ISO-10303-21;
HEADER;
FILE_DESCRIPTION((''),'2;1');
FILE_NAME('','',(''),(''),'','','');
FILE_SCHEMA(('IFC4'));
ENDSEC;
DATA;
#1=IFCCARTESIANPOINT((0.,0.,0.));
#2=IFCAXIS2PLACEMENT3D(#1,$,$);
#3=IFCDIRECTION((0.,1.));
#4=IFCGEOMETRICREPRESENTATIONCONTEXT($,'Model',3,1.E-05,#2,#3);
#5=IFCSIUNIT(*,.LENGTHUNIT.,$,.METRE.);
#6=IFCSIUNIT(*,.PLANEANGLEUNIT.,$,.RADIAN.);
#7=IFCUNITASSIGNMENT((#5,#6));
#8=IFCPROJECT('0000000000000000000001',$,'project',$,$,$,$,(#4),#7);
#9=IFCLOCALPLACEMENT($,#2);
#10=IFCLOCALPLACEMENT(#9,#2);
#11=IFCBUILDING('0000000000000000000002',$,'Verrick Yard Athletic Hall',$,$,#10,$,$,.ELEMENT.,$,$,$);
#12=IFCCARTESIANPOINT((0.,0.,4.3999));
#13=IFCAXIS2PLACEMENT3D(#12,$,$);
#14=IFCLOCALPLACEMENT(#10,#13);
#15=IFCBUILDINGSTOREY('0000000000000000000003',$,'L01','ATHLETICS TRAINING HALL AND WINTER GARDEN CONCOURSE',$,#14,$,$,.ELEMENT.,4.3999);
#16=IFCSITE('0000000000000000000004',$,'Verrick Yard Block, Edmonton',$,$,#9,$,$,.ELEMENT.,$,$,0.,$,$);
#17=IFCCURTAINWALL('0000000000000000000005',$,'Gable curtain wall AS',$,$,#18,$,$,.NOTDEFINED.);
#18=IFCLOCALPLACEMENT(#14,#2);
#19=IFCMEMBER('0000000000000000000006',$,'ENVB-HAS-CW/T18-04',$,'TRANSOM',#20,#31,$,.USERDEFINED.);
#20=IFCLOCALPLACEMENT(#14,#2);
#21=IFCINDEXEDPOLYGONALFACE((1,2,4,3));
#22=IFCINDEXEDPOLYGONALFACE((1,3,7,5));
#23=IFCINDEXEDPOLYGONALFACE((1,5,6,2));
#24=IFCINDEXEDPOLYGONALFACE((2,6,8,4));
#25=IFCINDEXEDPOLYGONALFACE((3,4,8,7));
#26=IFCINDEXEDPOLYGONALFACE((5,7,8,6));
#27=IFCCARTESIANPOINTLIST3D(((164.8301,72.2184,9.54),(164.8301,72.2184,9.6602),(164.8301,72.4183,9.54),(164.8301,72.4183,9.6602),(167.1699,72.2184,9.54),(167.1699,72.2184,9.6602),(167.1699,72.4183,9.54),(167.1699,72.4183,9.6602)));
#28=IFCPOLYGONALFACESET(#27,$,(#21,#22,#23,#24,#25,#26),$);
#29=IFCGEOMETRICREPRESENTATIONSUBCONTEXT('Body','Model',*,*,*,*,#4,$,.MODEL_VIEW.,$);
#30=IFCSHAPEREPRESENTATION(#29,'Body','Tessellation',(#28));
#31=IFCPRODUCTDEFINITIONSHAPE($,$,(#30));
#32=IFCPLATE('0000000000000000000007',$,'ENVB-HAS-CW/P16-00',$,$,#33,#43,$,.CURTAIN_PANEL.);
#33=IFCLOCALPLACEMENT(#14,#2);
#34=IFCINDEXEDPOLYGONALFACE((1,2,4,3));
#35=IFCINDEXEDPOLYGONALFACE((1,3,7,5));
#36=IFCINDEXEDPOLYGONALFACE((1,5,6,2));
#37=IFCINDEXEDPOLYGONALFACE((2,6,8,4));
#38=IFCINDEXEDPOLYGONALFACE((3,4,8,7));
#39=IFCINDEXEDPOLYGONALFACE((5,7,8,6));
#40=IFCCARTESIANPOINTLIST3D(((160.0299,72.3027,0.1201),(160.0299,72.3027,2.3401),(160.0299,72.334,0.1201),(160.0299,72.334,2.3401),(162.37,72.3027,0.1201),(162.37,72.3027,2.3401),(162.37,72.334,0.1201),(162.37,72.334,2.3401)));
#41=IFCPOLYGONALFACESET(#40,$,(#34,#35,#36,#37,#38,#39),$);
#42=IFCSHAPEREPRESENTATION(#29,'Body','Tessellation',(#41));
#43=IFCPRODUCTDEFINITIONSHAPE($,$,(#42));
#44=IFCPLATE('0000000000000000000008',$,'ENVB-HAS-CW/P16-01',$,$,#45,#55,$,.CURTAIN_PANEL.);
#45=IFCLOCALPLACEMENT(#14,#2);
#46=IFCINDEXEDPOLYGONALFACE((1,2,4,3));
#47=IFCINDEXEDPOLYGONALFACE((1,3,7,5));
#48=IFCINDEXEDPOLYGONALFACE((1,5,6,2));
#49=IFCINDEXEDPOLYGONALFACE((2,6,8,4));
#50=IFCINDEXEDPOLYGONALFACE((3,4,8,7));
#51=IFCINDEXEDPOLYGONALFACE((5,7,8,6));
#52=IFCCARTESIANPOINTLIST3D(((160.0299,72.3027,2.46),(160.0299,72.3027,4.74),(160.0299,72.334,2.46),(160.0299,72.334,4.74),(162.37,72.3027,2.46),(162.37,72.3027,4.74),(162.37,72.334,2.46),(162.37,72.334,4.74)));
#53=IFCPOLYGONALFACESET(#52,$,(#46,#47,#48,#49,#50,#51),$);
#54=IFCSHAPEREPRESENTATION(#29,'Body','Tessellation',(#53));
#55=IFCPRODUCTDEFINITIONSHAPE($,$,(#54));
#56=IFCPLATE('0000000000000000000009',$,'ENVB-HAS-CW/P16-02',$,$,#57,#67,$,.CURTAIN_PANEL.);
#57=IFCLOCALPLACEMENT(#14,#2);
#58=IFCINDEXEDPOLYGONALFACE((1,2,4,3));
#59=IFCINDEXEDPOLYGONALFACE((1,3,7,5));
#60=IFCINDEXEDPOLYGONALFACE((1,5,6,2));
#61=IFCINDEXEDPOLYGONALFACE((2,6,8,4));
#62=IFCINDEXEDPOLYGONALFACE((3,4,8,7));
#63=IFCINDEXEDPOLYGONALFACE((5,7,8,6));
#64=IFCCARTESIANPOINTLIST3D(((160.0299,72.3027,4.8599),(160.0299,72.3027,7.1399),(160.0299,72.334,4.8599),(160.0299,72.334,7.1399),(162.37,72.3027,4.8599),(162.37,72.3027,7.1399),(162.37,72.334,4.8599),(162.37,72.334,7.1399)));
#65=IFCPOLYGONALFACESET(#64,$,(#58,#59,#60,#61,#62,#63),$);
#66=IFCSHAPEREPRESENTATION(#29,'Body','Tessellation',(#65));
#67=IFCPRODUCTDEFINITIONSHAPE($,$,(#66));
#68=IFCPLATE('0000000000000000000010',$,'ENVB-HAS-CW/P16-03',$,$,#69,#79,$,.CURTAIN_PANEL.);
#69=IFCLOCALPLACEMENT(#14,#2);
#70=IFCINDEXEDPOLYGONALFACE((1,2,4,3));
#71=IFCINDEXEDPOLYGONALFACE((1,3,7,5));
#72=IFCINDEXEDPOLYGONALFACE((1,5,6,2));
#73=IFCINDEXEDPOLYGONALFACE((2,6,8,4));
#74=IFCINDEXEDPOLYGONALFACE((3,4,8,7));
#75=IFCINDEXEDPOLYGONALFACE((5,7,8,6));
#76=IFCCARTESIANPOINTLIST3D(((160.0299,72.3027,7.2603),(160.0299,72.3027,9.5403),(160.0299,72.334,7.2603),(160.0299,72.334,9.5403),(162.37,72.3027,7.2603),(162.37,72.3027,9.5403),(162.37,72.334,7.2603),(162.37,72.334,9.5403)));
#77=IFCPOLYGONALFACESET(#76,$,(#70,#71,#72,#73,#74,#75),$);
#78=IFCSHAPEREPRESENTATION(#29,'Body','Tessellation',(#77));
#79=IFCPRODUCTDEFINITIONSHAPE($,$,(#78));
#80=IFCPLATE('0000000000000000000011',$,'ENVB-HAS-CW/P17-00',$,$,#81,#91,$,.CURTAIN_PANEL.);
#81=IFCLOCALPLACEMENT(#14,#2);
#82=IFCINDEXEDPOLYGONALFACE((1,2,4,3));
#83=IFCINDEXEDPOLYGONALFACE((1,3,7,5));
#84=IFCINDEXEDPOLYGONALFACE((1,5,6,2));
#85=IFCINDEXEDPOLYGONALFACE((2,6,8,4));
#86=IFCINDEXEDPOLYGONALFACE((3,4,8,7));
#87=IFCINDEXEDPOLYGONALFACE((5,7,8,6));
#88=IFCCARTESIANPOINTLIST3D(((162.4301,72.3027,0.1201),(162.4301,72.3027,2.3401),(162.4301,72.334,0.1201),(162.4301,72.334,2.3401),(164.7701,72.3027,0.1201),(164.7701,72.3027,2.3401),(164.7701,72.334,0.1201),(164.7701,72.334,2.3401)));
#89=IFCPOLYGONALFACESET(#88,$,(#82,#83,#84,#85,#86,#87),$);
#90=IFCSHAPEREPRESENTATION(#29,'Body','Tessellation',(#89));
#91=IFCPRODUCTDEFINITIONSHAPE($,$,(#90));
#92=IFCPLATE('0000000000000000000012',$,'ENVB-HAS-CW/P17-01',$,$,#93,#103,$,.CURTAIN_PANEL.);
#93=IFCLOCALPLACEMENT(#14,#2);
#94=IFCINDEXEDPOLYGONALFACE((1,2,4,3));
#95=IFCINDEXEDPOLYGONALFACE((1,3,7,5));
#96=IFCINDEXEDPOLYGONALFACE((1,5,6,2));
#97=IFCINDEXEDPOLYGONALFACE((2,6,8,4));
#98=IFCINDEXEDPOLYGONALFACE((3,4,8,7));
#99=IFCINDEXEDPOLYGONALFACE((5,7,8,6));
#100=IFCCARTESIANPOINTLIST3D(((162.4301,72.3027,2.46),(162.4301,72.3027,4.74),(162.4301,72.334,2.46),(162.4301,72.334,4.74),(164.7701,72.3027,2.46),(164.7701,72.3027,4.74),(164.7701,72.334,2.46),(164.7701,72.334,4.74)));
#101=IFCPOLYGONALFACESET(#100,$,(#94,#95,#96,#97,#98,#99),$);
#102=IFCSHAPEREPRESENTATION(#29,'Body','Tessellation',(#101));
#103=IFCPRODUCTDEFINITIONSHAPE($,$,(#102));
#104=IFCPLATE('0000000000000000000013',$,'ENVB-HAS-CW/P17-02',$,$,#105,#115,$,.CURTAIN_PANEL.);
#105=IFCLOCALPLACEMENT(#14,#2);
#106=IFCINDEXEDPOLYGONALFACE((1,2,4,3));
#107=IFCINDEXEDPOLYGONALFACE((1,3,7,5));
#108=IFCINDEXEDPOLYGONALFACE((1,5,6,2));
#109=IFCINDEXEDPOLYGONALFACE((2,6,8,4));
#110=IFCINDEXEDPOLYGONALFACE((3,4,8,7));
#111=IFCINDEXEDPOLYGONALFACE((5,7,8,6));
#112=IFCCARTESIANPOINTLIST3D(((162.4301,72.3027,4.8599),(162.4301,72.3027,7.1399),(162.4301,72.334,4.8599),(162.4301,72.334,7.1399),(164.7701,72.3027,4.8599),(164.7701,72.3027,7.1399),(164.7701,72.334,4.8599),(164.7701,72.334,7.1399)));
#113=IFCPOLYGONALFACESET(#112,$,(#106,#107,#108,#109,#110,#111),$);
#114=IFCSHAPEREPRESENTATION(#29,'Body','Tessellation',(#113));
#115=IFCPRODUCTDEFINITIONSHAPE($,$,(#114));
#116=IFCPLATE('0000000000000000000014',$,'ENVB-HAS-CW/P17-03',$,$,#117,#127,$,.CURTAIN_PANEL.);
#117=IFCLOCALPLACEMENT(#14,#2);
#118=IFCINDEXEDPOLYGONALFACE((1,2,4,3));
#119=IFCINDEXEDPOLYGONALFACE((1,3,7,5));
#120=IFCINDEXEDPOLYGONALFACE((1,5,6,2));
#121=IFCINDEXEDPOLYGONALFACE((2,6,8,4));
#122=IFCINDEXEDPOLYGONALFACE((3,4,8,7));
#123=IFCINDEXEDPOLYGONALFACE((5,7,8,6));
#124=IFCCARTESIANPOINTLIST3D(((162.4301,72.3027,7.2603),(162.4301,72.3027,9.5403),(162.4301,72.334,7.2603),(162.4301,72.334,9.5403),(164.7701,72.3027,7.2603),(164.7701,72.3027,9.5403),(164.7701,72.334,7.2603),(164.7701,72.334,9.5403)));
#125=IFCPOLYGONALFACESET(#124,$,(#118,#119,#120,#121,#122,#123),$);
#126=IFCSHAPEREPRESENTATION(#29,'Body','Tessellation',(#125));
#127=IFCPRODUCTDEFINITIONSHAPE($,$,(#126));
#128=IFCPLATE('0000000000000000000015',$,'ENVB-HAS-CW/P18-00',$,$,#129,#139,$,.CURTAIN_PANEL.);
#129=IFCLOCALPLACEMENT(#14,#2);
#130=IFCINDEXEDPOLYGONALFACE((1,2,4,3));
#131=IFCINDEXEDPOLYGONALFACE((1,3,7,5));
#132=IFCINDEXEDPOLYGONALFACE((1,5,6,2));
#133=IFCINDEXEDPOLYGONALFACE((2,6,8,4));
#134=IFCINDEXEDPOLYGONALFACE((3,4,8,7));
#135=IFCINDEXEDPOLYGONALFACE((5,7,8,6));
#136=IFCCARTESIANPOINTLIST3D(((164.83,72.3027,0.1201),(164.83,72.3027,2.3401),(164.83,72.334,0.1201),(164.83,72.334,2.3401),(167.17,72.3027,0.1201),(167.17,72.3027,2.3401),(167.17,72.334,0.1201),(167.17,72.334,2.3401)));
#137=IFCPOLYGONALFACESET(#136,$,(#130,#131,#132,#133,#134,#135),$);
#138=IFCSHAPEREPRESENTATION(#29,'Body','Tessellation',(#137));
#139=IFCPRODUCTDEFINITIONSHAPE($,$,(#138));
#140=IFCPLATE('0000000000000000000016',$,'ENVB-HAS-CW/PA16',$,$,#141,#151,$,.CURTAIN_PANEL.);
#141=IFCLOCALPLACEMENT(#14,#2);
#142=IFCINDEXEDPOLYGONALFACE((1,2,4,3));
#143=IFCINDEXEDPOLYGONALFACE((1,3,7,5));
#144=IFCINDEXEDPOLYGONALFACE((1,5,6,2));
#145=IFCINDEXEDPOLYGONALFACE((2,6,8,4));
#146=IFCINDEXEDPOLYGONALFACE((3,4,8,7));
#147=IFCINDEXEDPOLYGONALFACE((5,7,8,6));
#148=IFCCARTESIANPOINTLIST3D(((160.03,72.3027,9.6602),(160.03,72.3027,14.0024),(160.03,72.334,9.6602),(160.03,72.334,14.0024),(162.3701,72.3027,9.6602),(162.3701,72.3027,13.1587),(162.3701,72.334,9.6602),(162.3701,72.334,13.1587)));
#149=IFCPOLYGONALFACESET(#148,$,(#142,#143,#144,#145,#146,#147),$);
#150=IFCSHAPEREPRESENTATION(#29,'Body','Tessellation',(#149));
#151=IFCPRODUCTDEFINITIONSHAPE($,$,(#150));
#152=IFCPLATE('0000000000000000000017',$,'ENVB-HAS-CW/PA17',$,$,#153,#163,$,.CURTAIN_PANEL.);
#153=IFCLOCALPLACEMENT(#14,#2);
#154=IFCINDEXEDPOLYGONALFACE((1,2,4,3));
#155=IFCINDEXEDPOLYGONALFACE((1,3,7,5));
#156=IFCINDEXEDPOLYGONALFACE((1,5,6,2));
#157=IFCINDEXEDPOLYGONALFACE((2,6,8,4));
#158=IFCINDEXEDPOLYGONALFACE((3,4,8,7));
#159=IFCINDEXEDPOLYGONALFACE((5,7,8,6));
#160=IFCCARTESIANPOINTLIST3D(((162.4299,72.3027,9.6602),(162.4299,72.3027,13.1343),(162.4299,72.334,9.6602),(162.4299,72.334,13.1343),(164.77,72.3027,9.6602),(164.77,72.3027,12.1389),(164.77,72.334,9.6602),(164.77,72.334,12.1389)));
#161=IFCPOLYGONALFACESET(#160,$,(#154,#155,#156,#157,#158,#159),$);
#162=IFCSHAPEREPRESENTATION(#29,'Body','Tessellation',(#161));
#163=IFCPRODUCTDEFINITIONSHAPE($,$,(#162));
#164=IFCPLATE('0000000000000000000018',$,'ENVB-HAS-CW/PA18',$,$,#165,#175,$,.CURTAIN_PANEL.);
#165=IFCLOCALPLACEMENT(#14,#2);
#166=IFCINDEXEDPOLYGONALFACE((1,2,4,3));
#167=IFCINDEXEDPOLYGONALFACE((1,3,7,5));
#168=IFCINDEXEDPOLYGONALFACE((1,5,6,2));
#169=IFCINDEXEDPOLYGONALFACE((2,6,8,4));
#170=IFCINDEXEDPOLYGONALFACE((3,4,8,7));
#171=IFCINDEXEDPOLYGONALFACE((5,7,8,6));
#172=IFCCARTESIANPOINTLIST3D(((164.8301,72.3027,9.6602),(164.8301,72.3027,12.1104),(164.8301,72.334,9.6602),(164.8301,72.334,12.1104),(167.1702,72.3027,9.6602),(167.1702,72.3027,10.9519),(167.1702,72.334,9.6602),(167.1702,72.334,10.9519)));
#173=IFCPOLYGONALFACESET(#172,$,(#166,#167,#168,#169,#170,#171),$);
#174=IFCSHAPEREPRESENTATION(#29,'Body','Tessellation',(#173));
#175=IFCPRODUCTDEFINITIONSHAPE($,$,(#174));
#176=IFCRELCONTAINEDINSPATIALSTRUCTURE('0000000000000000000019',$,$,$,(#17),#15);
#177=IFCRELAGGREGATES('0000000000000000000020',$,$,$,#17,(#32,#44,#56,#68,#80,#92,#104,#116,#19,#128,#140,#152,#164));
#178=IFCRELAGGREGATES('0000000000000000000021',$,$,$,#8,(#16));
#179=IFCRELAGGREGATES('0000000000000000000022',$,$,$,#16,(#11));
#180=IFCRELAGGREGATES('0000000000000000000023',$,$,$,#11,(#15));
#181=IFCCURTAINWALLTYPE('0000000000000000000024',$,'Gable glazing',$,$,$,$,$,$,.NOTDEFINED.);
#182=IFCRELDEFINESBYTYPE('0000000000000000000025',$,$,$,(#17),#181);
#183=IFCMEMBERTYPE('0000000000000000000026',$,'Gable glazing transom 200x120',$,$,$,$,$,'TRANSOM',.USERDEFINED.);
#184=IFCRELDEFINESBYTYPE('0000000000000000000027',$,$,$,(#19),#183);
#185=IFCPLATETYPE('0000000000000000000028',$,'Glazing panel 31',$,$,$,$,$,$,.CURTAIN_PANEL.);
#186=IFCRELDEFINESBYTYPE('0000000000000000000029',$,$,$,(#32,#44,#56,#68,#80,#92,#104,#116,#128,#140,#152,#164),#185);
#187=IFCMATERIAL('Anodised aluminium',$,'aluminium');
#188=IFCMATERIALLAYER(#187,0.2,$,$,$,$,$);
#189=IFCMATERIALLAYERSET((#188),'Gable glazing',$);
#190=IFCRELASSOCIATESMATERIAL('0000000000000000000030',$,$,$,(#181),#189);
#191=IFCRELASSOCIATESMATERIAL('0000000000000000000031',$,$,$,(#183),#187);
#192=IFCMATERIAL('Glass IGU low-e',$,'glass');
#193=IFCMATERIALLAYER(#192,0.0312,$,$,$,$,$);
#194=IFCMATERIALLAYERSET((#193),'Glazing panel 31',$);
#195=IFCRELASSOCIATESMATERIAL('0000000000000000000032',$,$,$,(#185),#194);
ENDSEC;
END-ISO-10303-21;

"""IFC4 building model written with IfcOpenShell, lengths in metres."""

from ifc_helpers import new_model, si_unit, direction, frame, origin, origin_2d, place, context, subcontext, project, spatial, polyline, rectangle, outline, extrude, material, layer, layer_set, material_profile, profile_set, type_object, element, aggregate, save


model = new_model("IFC4")

# Units and contexts
model_context = context("Model", 3, precision=1e-05, world=origin(), true_north=direction((0.0, 1.0)))
body_context = subcontext(model_context, "Body", "Model", "MODEL_VIEW")
ifc_project = project(units=[si_unit("LENGTHUNIT", "METRE"), si_unit("PLANEANGLEUNIT", "RADIAN")], contexts=[model_context])

# Site, building, storey
site_placement = place(None, origin())
site = spatial("IfcSite", under=ifc_project, at=site_placement, Name="Verrick Yard Block, Edmonton", CompositionType="ELEMENT", RefElevation=0.0)
building_placement = place(site_placement, origin())
building = spatial("IfcBuilding", under=site, at=building_placement, Name="Verrick Yard Athletic Hall", CompositionType="ELEMENT")
storey_placement = place(building_placement, frame((0.0, 0.0, 4.3999)))
storey = spatial("IfcBuildingStorey", under=building, at=storey_placement, Name="L01", Description="ATHLETICS TRAINING HALL AND WINTER GARDEN CONCOURSE", CompositionType="ELEMENT", Elevation=4.3999)

# Curtain wall, member, plates
ifc_material_1 = material(Name="Anodised aluminium", Category="aluminium")
ifc_layer_1 = layer(ifc_material_1, 0.2)
ifc_layer_set_1 = layer_set([ifc_layer_1], Name="Gable glazing")
curtain_wall_type = type_object("IfcCurtainWallType", Name="Gable glazing", PredefinedType="NOTDEFINED", material=ifc_layer_set_1)
curtain_wall_placement = place(storey_placement, origin())
curtain_wall = element("IfcCurtainWall", 1, at=curtain_wall_placement, inside=storey, type_object=curtain_wall_type, Name="Gable curtain wall AS", PredefinedType="NOTDEFINED")
ifc_material_profile_1 = material_profile(ifc_material_1, rectangle(XDim=0.2, YDim=0.1201, at=origin_2d()), Name="CW gable transom 200x120")
ifc_profile_set_1 = profile_set([ifc_material_profile_1], Name="Anodised aluminium")
member_type_1 = type_object("IfcMemberType", Name="Gable glazing transom 200x120", ElementType="TRANSOM", PredefinedType="USERDEFINED", material=ifc_profile_set_1)
member_1_placement = place(storey_placement, frame((164.8301, 72.3184, 9.6001), z_axis=(1.0, 0.0, 0.0), x_axis=(0.0, 1.0, 0.0)))
member_1 = element("IfcMember", 2, at=member_1_placement, type_object=member_type_1, Name="ENVB-HAS-CW/T18-04", ObjectType="TRANSOM", PredefinedType="USERDEFINED", context=body_context, shape_type="SweptSolid", body=[
    extrude(rectangle(XDim=0.2, YDim=0.1201, at=origin_2d()), origin(), (0.0, 0.0, 1.0), 2.3398),
])
ifc_material_2 = material(Name="Glass IGU low-e", Category="glass")
ifc_layer_2 = layer(ifc_material_2, 0.0312)
ifc_layer_set_2 = layer_set([ifc_layer_2], Name="Glazing panel 31")
plate_type = type_object("IfcPlateType", Name="Glazing panel 31", PredefinedType="CURTAIN_PANEL", material=ifc_layer_set_2)
plate_1_placement = place(storey_placement, frame((161.2, 72.3184, 0.1201), z_axis=(0.0, 0.0, 1.0), x_axis=(1.0, 0.0, 0.0)))
plate_1 = element("IfcPlate", 3, at=plate_1_placement, type_object=plate_type, Name="ENVB-HAS-CW/P16-00", PredefinedType="CURTAIN_PANEL", context=body_context, shape_type="SweptSolid", body=[
    extrude(rectangle(XDim=2.3401, YDim=0.0312, at=origin_2d()), origin(), (0.0, 0.0, 1.0), 2.22),
])
plate_2_placement = place(storey_placement, frame((161.2, 72.3184, 2.46), z_axis=(0.0, 0.0, 1.0), x_axis=(1.0, 0.0, 0.0)))
plate_2 = element("IfcPlate", 4, at=plate_2_placement, type_object=plate_type, Name="ENVB-HAS-CW/P16-01", PredefinedType="CURTAIN_PANEL", context=body_context, shape_type="SweptSolid", body=[
    extrude(rectangle(XDim=2.3401, YDim=0.0312, at=origin_2d()), origin(), (0.0, 0.0, 1.0), 2.28),
])
plate_3_placement = place(storey_placement, frame((161.2, 72.3184, 4.8599), z_axis=(0.0, 0.0, 1.0), x_axis=(1.0, 0.0, 0.0)))
plate_3 = element("IfcPlate", 5, at=plate_3_placement, type_object=plate_type, Name="ENVB-HAS-CW/P16-02", PredefinedType="CURTAIN_PANEL", context=body_context, shape_type="SweptSolid", body=[
    extrude(rectangle(XDim=2.3401, YDim=0.0312, at=origin_2d()), origin(), (0.0, 0.0, 1.0), 2.28),
])
plate_4_placement = place(storey_placement, frame((161.2, 72.3184, 7.2603), z_axis=(0.0, 0.0, 1.0), x_axis=(1.0, 0.0, 0.0)))
plate_4 = element("IfcPlate", 6, at=plate_4_placement, type_object=plate_type, Name="ENVB-HAS-CW/P16-03", PredefinedType="CURTAIN_PANEL", context=body_context, shape_type="SweptSolid", body=[
    extrude(rectangle(XDim=2.3401, YDim=0.0312, at=origin_2d()), origin(), (0.0, 0.0, 1.0), 2.28),
])
plate_5_placement = place(storey_placement, frame((163.6001, 72.3184, 0.1201), z_axis=(0.0, 0.0, 1.0), x_axis=(1.0, 0.0, 0.0)))
plate_5 = element("IfcPlate", 7, at=plate_5_placement, type_object=plate_type, Name="ENVB-HAS-CW/P17-00", PredefinedType="CURTAIN_PANEL", context=body_context, shape_type="SweptSolid", body=[
    extrude(rectangle(XDim=2.3401, YDim=0.0312, at=origin_2d()), origin(), (0.0, 0.0, 1.0), 2.22),
])
plate_6_placement = place(storey_placement, frame((163.6001, 72.3184, 2.46), z_axis=(0.0, 0.0, 1.0), x_axis=(1.0, 0.0, 0.0)))
plate_6 = element("IfcPlate", 8, at=plate_6_placement, type_object=plate_type, Name="ENVB-HAS-CW/P17-01", PredefinedType="CURTAIN_PANEL", context=body_context, shape_type="SweptSolid", body=[
    extrude(rectangle(XDim=2.3401, YDim=0.0312, at=origin_2d()), origin(), (0.0, 0.0, 1.0), 2.28),
])
plate_7_placement = place(storey_placement, frame((163.6001, 72.3184, 4.8599), z_axis=(0.0, 0.0, 1.0), x_axis=(1.0, 0.0, 0.0)))
plate_7 = element("IfcPlate", 9, at=plate_7_placement, type_object=plate_type, Name="ENVB-HAS-CW/P17-02", PredefinedType="CURTAIN_PANEL", context=body_context, shape_type="SweptSolid", body=[
    extrude(rectangle(XDim=2.3401, YDim=0.0312, at=origin_2d()), origin(), (0.0, 0.0, 1.0), 2.28),
])
plate_8_placement = place(storey_placement, frame((163.6001, 72.3184, 7.2603), z_axis=(0.0, 0.0, 1.0), x_axis=(1.0, 0.0, 0.0)))
plate_8 = element("IfcPlate", 10, at=plate_8_placement, type_object=plate_type, Name="ENVB-HAS-CW/P17-03", PredefinedType="CURTAIN_PANEL", context=body_context, shape_type="SweptSolid", body=[
    extrude(rectangle(XDim=2.3401, YDim=0.0312, at=origin_2d()), origin(), (0.0, 0.0, 1.0), 2.28),
])
plate_9_placement = place(storey_placement, frame((166.0, 72.3184, 0.1201), z_axis=(0.0, 0.0, 1.0), x_axis=(1.0, 0.0, 0.0)))
plate_9 = element("IfcPlate", 11, at=plate_9_placement, type_object=plate_type, Name="ENVB-HAS-CW/P18-00", PredefinedType="CURTAIN_PANEL", context=body_context, shape_type="SweptSolid", body=[
    extrude(rectangle(XDim=2.3401, YDim=0.0312, at=origin_2d()), origin(), (0.0, 0.0, 1.0), 2.22),
])
plate_10_placement = place(storey_placement, frame((160.03, 72.3184, 9.6602), z_axis=(0.0, 0.0, 1.0), x_axis=(1.0, 0.0, 0.0)))
plate_10 = element("IfcPlate", 12, at=plate_10_placement, type_object=plate_type, Name="ENVB-HAS-CW/PA16", PredefinedType="CURTAIN_PANEL", context=body_context, shape_type="SweptSolid", body=[
    extrude(outline(polyline([(0.0, 4.3423), (2.3401, 3.4985), (2.3401, 0.0), (0.0, 0.0), (0.0, 4.3423)])), frame((0.0, 0.0156, 0.0), z_axis=(0.0, -1.0, 0.0), x_axis=(1.0, 0.0, 0.0)), (0.0, 0.0, 1.0), 0.0312),
])
plate_11_placement = place(storey_placement, frame((162.4299, 72.3184, 9.6602), z_axis=(0.0, 0.0, 1.0), x_axis=(1.0, 0.0, 0.0)))
plate_11 = element("IfcPlate", 13, at=plate_11_placement, type_object=plate_type, Name="ENVB-HAS-CW/PA17", PredefinedType="CURTAIN_PANEL", context=body_context, shape_type="SweptSolid", body=[
    extrude(outline(polyline([(0.0, 3.4741), (2.3401, 2.4788), (2.3401, 0.0), (0.0, 0.0), (0.0, 3.4741)])), frame((0.0, 0.0156, 0.0), z_axis=(0.0, -1.0, 0.0), x_axis=(1.0, 0.0, 0.0)), (0.0, 0.0, 1.0), 0.0312),
])
plate_12_placement = place(storey_placement, frame((164.8301, 72.3184, 9.6602), z_axis=(0.0, 0.0, 1.0), x_axis=(1.0, 0.0, 0.0)))
plate_12 = element("IfcPlate", 14, at=plate_12_placement, type_object=plate_type, Name="ENVB-HAS-CW/PA18", PredefinedType="CURTAIN_PANEL", context=body_context, shape_type="SweptSolid", body=[
    extrude(outline(polyline([(0.0, 2.4502), (2.3401, 1.2917), (2.3401, 0.0), (0.0, 0.0), (0.0, 2.4502)])), frame((0.0, 0.0156, 0.0), z_axis=(0.0, -1.0, 0.0), x_axis=(1.0, 0.0, 0.0)), (0.0, 0.0, 1.0), 0.0312),
])
aggregate(curtain_wall, [plate_1, plate_2, plate_3, plate_4, plate_5, plate_6, plate_7, plate_8, member_1, plate_9, plate_10, plate_11, plate_12])

save(model, "model.ifc")
